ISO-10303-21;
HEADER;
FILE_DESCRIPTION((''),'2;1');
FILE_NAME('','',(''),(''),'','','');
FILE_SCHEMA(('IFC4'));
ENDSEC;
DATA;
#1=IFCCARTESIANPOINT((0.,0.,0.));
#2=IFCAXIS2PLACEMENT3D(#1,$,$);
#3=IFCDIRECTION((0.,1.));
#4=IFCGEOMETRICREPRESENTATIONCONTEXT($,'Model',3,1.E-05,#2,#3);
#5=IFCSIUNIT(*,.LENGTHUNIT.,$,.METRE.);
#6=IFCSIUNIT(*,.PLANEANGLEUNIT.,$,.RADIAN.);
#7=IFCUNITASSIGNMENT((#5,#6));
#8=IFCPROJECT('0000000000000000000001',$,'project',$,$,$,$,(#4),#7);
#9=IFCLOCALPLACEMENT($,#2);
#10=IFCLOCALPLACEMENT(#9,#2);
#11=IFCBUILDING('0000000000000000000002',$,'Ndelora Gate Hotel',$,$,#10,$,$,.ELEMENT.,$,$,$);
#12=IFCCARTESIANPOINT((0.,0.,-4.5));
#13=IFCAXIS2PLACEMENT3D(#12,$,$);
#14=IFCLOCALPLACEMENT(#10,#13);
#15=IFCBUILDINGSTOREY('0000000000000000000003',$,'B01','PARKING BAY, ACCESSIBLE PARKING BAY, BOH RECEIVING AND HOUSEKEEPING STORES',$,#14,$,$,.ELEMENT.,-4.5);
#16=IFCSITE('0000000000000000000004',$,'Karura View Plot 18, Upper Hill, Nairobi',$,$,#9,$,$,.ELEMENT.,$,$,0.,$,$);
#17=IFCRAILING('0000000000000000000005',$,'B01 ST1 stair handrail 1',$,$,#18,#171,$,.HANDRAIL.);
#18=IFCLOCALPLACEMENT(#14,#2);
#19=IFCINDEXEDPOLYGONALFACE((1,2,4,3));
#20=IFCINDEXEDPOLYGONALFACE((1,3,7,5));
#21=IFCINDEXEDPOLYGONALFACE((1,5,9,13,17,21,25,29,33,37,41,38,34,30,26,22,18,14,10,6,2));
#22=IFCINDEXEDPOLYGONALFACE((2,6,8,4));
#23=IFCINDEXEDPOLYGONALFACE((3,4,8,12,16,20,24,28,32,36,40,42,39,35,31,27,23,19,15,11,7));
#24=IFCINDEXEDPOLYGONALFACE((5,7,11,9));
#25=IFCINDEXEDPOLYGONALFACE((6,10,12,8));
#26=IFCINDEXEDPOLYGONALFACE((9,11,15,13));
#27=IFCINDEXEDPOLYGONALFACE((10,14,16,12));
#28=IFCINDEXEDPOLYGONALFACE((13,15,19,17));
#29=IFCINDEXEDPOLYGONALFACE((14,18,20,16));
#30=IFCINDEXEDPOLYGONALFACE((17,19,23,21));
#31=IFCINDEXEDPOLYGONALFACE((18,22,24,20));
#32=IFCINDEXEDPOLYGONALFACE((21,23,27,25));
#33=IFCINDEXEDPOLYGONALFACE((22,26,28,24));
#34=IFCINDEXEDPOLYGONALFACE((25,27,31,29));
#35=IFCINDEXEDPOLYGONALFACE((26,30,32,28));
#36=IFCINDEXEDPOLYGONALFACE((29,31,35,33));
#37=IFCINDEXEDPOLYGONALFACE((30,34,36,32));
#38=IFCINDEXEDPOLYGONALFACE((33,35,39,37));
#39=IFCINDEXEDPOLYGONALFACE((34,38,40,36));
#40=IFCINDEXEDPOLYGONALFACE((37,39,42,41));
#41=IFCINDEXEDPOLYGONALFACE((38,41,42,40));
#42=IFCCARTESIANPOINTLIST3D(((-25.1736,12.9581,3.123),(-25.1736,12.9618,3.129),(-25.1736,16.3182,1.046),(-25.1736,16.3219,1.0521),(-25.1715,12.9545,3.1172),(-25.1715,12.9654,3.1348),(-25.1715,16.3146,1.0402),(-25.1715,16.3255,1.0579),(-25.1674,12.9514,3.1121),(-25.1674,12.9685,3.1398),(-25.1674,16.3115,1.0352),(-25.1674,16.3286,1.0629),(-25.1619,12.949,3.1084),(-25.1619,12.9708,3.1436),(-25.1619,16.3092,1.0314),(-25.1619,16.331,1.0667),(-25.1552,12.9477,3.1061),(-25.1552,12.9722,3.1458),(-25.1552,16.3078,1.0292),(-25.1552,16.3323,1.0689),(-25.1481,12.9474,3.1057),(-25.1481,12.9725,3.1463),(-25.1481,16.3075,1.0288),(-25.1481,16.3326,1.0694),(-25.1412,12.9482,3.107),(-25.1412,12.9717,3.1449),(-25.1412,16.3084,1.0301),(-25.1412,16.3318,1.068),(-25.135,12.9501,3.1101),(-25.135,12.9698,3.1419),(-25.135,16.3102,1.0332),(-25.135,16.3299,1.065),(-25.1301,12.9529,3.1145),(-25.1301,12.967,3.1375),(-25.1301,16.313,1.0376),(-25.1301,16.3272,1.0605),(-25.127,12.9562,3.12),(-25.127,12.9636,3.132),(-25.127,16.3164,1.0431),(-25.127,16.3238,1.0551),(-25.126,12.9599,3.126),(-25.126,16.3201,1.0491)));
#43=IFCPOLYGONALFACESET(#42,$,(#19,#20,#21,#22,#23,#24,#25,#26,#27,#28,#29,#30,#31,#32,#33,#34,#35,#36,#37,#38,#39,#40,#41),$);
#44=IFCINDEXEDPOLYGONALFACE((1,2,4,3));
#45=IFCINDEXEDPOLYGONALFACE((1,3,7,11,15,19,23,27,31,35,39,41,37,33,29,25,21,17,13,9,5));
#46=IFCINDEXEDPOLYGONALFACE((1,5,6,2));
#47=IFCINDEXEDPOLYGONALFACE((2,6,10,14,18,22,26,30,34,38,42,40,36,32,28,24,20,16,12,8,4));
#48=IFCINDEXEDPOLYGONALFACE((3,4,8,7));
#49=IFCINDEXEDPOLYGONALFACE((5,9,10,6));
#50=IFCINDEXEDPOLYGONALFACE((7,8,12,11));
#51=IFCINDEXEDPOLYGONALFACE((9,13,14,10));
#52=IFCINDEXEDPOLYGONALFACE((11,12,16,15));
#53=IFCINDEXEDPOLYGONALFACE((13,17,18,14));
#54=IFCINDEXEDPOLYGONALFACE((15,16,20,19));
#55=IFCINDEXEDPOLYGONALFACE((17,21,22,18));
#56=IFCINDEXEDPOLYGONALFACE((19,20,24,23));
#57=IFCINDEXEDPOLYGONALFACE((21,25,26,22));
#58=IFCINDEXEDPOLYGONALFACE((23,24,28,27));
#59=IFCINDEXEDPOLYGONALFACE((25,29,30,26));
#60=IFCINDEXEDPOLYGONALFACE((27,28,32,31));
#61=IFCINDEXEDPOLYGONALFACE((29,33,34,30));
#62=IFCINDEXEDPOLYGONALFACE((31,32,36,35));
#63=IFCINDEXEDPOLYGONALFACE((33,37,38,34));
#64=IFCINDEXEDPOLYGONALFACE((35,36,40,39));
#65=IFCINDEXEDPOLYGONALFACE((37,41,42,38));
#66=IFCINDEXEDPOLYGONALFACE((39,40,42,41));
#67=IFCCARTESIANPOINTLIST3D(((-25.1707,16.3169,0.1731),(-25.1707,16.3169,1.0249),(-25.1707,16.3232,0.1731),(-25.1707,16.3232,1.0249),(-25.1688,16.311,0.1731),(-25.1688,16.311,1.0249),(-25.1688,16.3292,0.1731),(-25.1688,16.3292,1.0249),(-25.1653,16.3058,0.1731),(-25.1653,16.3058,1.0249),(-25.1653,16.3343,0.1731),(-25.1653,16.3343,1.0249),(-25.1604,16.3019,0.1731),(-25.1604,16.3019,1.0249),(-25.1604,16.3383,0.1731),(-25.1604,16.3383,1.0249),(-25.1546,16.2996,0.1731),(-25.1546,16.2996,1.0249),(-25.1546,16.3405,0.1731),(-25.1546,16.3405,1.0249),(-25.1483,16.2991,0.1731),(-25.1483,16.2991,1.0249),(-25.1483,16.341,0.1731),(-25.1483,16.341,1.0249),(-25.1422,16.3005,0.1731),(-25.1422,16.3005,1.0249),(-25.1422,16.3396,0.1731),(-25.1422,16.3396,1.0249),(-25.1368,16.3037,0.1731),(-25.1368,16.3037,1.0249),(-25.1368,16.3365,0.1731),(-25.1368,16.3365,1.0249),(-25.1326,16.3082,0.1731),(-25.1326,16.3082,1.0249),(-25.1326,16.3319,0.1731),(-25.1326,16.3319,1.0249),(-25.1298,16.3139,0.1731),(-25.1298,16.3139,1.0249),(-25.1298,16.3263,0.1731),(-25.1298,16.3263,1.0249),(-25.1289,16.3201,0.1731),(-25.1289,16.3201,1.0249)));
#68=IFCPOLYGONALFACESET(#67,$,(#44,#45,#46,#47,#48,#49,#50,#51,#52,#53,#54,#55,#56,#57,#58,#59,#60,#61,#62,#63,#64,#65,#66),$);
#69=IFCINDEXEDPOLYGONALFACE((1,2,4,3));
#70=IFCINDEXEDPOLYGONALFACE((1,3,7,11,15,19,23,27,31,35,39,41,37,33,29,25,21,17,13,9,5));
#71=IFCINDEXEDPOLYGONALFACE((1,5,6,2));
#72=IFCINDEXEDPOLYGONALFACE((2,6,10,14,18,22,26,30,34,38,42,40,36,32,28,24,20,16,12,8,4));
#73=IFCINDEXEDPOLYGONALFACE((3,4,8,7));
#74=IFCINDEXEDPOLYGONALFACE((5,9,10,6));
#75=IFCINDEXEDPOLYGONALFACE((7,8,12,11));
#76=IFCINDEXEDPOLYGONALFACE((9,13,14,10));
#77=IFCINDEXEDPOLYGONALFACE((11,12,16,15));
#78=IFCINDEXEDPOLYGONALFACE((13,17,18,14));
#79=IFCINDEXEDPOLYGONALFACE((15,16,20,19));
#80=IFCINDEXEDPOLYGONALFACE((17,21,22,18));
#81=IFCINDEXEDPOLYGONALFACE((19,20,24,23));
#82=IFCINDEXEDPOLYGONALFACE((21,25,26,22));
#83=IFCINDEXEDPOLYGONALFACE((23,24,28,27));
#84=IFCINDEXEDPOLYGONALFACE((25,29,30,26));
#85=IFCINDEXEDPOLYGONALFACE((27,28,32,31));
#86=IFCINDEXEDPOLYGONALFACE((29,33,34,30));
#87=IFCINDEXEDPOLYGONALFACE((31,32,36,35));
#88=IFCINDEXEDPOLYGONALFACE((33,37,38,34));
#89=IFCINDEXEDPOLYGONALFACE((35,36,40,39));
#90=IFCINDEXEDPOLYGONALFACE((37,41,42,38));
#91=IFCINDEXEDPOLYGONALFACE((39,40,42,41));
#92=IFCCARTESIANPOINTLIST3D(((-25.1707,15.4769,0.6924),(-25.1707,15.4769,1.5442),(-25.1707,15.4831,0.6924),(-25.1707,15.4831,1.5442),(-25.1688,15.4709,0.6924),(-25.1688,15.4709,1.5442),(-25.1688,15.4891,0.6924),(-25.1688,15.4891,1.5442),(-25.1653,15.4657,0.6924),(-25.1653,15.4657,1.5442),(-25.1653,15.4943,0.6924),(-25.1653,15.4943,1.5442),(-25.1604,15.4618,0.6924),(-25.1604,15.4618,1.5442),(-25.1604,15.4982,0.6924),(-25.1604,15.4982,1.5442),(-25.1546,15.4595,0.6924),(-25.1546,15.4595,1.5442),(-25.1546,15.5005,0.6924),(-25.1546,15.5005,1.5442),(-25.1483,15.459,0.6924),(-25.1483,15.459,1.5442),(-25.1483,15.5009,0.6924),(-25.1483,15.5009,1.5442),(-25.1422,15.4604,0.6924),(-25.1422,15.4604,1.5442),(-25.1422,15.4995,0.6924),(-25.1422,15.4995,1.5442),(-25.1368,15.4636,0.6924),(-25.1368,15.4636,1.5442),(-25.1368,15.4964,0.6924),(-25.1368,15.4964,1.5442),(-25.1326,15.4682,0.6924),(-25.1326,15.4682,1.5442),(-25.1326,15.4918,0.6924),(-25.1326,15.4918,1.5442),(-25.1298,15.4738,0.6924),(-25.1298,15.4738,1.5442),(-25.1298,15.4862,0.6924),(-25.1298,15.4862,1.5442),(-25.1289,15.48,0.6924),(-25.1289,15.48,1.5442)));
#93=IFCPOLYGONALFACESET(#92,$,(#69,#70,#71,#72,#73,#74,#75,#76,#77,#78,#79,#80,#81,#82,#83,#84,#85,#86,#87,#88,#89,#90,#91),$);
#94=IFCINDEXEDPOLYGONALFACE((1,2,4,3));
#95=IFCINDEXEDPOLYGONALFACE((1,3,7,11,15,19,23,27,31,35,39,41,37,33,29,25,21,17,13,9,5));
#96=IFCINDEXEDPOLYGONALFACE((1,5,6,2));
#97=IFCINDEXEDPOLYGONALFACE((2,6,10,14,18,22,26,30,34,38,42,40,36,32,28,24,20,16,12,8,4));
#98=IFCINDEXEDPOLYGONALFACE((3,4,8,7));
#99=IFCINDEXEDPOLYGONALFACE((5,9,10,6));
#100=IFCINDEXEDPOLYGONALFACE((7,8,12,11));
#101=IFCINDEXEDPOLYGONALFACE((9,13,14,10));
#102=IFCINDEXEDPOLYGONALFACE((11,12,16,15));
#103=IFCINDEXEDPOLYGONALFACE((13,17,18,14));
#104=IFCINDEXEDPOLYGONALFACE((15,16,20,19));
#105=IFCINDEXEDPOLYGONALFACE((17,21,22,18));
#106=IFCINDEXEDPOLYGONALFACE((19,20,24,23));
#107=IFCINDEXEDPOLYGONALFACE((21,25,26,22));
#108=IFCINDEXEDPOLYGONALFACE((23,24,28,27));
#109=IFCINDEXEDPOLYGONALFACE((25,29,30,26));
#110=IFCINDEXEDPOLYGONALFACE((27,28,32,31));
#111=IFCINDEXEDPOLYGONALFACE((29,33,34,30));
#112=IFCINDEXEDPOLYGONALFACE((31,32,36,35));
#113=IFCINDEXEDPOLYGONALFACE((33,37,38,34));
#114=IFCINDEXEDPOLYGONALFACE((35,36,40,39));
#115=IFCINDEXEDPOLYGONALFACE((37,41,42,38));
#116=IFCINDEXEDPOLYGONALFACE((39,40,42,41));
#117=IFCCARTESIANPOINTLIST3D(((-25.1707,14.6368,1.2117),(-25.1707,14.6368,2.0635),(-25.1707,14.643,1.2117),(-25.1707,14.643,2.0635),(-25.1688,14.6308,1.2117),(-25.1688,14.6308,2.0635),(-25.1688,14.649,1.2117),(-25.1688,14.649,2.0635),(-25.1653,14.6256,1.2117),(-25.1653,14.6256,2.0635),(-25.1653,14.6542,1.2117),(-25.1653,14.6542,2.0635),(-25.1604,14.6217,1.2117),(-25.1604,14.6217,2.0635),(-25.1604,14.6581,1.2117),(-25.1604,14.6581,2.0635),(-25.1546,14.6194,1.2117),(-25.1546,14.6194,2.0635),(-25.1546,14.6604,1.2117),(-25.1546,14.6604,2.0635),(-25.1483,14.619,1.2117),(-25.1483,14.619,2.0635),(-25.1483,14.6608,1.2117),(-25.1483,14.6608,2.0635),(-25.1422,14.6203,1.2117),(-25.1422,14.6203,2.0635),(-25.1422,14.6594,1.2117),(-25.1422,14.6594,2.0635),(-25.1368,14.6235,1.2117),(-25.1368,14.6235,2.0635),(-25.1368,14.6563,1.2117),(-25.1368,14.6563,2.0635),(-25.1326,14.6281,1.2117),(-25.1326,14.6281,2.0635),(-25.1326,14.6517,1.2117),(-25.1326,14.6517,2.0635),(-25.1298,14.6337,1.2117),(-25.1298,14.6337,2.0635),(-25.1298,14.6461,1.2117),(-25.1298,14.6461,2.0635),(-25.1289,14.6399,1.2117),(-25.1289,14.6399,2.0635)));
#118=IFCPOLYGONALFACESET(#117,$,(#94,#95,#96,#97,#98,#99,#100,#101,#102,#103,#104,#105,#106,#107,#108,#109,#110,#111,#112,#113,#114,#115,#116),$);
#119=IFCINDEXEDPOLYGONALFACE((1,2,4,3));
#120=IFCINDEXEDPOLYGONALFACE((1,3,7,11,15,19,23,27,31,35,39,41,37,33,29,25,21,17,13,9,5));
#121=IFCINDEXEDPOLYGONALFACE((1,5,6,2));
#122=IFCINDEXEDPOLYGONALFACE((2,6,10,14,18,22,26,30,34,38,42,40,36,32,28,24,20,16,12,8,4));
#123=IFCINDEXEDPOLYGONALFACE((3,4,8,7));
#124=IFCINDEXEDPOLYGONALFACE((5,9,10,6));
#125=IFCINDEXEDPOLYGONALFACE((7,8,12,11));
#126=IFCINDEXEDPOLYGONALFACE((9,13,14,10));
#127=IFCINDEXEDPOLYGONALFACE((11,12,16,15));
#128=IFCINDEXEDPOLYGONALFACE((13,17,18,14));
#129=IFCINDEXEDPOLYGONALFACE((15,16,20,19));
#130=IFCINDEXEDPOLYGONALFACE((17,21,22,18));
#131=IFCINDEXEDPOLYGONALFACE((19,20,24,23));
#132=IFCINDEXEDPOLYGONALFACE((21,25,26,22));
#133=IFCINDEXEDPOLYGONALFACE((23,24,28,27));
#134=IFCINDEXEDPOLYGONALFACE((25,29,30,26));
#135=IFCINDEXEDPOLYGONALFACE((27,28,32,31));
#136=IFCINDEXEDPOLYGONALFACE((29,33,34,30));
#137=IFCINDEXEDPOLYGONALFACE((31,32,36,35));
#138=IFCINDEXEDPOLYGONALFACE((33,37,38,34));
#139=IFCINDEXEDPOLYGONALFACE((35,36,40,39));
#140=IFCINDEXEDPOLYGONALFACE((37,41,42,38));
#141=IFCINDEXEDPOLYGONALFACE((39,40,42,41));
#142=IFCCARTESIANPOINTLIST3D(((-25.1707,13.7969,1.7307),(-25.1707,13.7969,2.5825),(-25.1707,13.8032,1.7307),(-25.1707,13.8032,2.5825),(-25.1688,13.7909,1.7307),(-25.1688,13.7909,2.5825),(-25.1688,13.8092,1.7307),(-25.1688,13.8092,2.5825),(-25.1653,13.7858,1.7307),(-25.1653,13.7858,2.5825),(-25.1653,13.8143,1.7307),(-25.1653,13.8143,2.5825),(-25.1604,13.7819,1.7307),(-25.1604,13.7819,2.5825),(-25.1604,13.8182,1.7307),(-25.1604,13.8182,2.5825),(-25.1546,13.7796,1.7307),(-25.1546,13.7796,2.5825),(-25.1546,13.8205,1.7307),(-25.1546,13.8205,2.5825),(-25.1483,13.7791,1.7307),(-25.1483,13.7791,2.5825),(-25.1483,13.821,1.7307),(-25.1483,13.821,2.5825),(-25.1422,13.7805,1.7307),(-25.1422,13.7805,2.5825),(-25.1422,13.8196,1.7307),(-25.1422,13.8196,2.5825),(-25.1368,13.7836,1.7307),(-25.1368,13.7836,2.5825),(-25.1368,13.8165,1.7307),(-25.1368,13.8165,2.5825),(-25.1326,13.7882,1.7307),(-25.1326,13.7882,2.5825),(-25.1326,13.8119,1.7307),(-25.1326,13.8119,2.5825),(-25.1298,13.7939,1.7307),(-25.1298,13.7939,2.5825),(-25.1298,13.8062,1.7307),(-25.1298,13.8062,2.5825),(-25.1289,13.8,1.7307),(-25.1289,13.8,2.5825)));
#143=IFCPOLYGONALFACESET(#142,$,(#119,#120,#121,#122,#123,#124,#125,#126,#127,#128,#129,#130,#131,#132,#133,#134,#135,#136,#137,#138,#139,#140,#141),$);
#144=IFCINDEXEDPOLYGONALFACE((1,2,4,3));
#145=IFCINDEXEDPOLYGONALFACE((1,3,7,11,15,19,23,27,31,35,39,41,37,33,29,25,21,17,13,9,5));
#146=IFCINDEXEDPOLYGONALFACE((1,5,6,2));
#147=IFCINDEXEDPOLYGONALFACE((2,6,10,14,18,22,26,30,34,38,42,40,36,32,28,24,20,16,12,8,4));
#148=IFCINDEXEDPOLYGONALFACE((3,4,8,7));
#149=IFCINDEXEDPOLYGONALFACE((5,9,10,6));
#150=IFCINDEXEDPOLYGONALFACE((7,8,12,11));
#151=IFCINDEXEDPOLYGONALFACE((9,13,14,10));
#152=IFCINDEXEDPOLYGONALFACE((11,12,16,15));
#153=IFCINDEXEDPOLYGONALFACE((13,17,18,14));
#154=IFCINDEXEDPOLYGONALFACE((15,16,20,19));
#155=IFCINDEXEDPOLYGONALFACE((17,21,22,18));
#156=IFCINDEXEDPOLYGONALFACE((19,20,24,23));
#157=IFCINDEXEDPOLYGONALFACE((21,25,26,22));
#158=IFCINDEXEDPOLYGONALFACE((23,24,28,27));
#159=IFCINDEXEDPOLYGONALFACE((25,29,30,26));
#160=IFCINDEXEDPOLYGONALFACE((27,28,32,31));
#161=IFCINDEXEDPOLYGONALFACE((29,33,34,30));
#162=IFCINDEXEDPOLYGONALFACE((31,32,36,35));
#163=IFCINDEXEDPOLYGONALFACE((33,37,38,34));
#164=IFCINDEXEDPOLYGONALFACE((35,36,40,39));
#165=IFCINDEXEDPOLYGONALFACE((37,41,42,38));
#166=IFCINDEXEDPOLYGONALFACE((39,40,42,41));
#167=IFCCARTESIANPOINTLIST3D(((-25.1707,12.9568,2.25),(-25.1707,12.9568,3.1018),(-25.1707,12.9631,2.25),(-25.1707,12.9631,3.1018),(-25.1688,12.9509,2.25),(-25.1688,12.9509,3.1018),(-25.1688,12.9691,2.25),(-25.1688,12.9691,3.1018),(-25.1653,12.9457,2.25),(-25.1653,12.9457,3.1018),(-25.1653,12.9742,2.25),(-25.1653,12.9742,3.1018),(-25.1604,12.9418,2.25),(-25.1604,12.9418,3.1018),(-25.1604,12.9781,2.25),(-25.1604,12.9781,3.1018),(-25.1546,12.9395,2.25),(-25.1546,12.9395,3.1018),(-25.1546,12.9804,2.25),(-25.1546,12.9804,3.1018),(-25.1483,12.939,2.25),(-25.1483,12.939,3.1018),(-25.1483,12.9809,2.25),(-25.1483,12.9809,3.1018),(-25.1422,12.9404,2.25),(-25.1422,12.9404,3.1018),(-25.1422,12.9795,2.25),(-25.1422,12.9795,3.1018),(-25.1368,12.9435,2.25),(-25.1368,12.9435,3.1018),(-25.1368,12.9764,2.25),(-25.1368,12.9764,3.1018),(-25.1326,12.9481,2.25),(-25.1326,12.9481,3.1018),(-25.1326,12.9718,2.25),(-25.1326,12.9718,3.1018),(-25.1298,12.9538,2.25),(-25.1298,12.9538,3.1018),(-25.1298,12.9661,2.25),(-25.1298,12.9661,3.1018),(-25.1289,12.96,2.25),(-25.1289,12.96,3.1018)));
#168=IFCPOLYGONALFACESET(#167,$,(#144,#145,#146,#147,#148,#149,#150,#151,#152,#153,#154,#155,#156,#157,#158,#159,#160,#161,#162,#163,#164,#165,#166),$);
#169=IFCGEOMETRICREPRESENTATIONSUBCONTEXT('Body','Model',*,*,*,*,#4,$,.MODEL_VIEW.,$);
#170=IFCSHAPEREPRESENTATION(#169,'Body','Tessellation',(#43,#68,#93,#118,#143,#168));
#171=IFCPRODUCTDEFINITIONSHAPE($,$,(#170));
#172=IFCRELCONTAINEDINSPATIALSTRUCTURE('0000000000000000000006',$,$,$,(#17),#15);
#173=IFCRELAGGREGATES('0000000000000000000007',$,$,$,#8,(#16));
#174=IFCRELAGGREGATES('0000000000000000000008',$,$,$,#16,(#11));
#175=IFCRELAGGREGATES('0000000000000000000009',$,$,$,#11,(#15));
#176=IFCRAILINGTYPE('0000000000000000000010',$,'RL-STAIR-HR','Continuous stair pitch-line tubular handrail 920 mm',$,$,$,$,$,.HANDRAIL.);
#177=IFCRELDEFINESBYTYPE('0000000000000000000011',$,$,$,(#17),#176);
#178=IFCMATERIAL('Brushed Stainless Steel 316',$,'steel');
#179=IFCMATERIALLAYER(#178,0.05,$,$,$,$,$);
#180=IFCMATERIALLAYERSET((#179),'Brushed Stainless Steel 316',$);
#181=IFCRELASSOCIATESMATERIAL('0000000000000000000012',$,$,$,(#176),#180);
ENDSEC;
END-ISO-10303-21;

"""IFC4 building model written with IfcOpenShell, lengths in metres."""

from ifc_helpers import new_model, si_unit, direction, frame, origin, origin_2d, place, context, subcontext, project, spatial, circle, extrude, material, layer, layer_set, type_object, element, save


model = new_model("IFC4")

# Units and contexts
model_context = context("Model", 3, precision=1e-05, world=origin(), true_north=direction((0.0, 1.0)))
body_context = subcontext(model_context, "Body", "Model", "MODEL_VIEW")
ifc_project = project(units=[si_unit("LENGTHUNIT", "METRE"), si_unit("PLANEANGLEUNIT", "RADIAN")], contexts=[model_context])

# Site, building, storey
site_placement = place(None, origin())
site = spatial("IfcSite", under=ifc_project, at=site_placement, Name="Karura View Plot 18, Upper Hill, Nairobi", CompositionType="ELEMENT", RefElevation=0.0)
building_placement = place(site_placement, origin())
building = spatial("IfcBuilding", under=site, at=building_placement, Name="Ndelora Gate Hotel", CompositionType="ELEMENT")
storey_placement = place(building_placement, frame((0.0, 0.0, -4.5)))
storey = spatial("IfcBuildingStorey", under=building, at=storey_placement, Name="B01", Description="PARKING BAY, ACCESSIBLE PARKING BAY, BOH RECEIVING AND HOUSEKEEPING STORES", CompositionType="ELEMENT", Elevation=-4.5)

# Railing
ifc_material_1 = material(Name="Brushed Stainless Steel 316", Category="steel")
ifc_layer_1 = layer(ifc_material_1, 0.05)
ifc_layer_set_1 = layer_set([ifc_layer_1], Name="Brushed Stainless Steel 316")
railing_type_1 = type_object("IfcRailingType", Name="RL-STAIR-HR", Description="Continuous stair pitch-line tubular handrail 920 mm", PredefinedType="HANDRAIL", material=ifc_layer_set_1)
railing_1_placement = place(storey_placement, frame((-25.1499, 16.3201, 0.1731)))
element("IfcRailing", 1, at=railing_1_placement, inside=storey, type_object=railing_type_1, Name="B01 ST1 stair handrail 1", PredefinedType="HANDRAIL", context=body_context, shape_type="SweptSolid", body=[
    extrude(circle(Radius=0.0239, at=origin_2d()), frame((0.0, 0.0, 0.876), z_axis=(0.0, -0.850623, 0.525776), x_axis=(1.0, 0.0, 0.0)), (0.0, 0.0, 1.0), 3.9502),
    extrude(circle(Radius=0.021, at=origin_2d()), origin(), (0.0, 0.0, 1.0), 0.8518),
    extrude(circle(Radius=0.021, at=origin_2d()), frame((0.0, -0.8401, 0.5193)), (0.0, 0.0, 1.0), 0.8518),
    extrude(circle(Radius=0.021, at=origin_2d()), frame((0.0, -1.6802, 1.0386)), (0.0, 0.0, 1.0), 0.8518),
    extrude(circle(Radius=0.021, at=origin_2d()), frame((0.0, -2.52, 1.5576)), (0.0, 0.0, 1.0), 0.8518),
    extrude(circle(Radius=0.021, at=origin_2d()), frame((0.0, -3.3601, 2.0769)), (0.0, 0.0, 1.0), 0.8518),
])

save(model, "model.ifc")
